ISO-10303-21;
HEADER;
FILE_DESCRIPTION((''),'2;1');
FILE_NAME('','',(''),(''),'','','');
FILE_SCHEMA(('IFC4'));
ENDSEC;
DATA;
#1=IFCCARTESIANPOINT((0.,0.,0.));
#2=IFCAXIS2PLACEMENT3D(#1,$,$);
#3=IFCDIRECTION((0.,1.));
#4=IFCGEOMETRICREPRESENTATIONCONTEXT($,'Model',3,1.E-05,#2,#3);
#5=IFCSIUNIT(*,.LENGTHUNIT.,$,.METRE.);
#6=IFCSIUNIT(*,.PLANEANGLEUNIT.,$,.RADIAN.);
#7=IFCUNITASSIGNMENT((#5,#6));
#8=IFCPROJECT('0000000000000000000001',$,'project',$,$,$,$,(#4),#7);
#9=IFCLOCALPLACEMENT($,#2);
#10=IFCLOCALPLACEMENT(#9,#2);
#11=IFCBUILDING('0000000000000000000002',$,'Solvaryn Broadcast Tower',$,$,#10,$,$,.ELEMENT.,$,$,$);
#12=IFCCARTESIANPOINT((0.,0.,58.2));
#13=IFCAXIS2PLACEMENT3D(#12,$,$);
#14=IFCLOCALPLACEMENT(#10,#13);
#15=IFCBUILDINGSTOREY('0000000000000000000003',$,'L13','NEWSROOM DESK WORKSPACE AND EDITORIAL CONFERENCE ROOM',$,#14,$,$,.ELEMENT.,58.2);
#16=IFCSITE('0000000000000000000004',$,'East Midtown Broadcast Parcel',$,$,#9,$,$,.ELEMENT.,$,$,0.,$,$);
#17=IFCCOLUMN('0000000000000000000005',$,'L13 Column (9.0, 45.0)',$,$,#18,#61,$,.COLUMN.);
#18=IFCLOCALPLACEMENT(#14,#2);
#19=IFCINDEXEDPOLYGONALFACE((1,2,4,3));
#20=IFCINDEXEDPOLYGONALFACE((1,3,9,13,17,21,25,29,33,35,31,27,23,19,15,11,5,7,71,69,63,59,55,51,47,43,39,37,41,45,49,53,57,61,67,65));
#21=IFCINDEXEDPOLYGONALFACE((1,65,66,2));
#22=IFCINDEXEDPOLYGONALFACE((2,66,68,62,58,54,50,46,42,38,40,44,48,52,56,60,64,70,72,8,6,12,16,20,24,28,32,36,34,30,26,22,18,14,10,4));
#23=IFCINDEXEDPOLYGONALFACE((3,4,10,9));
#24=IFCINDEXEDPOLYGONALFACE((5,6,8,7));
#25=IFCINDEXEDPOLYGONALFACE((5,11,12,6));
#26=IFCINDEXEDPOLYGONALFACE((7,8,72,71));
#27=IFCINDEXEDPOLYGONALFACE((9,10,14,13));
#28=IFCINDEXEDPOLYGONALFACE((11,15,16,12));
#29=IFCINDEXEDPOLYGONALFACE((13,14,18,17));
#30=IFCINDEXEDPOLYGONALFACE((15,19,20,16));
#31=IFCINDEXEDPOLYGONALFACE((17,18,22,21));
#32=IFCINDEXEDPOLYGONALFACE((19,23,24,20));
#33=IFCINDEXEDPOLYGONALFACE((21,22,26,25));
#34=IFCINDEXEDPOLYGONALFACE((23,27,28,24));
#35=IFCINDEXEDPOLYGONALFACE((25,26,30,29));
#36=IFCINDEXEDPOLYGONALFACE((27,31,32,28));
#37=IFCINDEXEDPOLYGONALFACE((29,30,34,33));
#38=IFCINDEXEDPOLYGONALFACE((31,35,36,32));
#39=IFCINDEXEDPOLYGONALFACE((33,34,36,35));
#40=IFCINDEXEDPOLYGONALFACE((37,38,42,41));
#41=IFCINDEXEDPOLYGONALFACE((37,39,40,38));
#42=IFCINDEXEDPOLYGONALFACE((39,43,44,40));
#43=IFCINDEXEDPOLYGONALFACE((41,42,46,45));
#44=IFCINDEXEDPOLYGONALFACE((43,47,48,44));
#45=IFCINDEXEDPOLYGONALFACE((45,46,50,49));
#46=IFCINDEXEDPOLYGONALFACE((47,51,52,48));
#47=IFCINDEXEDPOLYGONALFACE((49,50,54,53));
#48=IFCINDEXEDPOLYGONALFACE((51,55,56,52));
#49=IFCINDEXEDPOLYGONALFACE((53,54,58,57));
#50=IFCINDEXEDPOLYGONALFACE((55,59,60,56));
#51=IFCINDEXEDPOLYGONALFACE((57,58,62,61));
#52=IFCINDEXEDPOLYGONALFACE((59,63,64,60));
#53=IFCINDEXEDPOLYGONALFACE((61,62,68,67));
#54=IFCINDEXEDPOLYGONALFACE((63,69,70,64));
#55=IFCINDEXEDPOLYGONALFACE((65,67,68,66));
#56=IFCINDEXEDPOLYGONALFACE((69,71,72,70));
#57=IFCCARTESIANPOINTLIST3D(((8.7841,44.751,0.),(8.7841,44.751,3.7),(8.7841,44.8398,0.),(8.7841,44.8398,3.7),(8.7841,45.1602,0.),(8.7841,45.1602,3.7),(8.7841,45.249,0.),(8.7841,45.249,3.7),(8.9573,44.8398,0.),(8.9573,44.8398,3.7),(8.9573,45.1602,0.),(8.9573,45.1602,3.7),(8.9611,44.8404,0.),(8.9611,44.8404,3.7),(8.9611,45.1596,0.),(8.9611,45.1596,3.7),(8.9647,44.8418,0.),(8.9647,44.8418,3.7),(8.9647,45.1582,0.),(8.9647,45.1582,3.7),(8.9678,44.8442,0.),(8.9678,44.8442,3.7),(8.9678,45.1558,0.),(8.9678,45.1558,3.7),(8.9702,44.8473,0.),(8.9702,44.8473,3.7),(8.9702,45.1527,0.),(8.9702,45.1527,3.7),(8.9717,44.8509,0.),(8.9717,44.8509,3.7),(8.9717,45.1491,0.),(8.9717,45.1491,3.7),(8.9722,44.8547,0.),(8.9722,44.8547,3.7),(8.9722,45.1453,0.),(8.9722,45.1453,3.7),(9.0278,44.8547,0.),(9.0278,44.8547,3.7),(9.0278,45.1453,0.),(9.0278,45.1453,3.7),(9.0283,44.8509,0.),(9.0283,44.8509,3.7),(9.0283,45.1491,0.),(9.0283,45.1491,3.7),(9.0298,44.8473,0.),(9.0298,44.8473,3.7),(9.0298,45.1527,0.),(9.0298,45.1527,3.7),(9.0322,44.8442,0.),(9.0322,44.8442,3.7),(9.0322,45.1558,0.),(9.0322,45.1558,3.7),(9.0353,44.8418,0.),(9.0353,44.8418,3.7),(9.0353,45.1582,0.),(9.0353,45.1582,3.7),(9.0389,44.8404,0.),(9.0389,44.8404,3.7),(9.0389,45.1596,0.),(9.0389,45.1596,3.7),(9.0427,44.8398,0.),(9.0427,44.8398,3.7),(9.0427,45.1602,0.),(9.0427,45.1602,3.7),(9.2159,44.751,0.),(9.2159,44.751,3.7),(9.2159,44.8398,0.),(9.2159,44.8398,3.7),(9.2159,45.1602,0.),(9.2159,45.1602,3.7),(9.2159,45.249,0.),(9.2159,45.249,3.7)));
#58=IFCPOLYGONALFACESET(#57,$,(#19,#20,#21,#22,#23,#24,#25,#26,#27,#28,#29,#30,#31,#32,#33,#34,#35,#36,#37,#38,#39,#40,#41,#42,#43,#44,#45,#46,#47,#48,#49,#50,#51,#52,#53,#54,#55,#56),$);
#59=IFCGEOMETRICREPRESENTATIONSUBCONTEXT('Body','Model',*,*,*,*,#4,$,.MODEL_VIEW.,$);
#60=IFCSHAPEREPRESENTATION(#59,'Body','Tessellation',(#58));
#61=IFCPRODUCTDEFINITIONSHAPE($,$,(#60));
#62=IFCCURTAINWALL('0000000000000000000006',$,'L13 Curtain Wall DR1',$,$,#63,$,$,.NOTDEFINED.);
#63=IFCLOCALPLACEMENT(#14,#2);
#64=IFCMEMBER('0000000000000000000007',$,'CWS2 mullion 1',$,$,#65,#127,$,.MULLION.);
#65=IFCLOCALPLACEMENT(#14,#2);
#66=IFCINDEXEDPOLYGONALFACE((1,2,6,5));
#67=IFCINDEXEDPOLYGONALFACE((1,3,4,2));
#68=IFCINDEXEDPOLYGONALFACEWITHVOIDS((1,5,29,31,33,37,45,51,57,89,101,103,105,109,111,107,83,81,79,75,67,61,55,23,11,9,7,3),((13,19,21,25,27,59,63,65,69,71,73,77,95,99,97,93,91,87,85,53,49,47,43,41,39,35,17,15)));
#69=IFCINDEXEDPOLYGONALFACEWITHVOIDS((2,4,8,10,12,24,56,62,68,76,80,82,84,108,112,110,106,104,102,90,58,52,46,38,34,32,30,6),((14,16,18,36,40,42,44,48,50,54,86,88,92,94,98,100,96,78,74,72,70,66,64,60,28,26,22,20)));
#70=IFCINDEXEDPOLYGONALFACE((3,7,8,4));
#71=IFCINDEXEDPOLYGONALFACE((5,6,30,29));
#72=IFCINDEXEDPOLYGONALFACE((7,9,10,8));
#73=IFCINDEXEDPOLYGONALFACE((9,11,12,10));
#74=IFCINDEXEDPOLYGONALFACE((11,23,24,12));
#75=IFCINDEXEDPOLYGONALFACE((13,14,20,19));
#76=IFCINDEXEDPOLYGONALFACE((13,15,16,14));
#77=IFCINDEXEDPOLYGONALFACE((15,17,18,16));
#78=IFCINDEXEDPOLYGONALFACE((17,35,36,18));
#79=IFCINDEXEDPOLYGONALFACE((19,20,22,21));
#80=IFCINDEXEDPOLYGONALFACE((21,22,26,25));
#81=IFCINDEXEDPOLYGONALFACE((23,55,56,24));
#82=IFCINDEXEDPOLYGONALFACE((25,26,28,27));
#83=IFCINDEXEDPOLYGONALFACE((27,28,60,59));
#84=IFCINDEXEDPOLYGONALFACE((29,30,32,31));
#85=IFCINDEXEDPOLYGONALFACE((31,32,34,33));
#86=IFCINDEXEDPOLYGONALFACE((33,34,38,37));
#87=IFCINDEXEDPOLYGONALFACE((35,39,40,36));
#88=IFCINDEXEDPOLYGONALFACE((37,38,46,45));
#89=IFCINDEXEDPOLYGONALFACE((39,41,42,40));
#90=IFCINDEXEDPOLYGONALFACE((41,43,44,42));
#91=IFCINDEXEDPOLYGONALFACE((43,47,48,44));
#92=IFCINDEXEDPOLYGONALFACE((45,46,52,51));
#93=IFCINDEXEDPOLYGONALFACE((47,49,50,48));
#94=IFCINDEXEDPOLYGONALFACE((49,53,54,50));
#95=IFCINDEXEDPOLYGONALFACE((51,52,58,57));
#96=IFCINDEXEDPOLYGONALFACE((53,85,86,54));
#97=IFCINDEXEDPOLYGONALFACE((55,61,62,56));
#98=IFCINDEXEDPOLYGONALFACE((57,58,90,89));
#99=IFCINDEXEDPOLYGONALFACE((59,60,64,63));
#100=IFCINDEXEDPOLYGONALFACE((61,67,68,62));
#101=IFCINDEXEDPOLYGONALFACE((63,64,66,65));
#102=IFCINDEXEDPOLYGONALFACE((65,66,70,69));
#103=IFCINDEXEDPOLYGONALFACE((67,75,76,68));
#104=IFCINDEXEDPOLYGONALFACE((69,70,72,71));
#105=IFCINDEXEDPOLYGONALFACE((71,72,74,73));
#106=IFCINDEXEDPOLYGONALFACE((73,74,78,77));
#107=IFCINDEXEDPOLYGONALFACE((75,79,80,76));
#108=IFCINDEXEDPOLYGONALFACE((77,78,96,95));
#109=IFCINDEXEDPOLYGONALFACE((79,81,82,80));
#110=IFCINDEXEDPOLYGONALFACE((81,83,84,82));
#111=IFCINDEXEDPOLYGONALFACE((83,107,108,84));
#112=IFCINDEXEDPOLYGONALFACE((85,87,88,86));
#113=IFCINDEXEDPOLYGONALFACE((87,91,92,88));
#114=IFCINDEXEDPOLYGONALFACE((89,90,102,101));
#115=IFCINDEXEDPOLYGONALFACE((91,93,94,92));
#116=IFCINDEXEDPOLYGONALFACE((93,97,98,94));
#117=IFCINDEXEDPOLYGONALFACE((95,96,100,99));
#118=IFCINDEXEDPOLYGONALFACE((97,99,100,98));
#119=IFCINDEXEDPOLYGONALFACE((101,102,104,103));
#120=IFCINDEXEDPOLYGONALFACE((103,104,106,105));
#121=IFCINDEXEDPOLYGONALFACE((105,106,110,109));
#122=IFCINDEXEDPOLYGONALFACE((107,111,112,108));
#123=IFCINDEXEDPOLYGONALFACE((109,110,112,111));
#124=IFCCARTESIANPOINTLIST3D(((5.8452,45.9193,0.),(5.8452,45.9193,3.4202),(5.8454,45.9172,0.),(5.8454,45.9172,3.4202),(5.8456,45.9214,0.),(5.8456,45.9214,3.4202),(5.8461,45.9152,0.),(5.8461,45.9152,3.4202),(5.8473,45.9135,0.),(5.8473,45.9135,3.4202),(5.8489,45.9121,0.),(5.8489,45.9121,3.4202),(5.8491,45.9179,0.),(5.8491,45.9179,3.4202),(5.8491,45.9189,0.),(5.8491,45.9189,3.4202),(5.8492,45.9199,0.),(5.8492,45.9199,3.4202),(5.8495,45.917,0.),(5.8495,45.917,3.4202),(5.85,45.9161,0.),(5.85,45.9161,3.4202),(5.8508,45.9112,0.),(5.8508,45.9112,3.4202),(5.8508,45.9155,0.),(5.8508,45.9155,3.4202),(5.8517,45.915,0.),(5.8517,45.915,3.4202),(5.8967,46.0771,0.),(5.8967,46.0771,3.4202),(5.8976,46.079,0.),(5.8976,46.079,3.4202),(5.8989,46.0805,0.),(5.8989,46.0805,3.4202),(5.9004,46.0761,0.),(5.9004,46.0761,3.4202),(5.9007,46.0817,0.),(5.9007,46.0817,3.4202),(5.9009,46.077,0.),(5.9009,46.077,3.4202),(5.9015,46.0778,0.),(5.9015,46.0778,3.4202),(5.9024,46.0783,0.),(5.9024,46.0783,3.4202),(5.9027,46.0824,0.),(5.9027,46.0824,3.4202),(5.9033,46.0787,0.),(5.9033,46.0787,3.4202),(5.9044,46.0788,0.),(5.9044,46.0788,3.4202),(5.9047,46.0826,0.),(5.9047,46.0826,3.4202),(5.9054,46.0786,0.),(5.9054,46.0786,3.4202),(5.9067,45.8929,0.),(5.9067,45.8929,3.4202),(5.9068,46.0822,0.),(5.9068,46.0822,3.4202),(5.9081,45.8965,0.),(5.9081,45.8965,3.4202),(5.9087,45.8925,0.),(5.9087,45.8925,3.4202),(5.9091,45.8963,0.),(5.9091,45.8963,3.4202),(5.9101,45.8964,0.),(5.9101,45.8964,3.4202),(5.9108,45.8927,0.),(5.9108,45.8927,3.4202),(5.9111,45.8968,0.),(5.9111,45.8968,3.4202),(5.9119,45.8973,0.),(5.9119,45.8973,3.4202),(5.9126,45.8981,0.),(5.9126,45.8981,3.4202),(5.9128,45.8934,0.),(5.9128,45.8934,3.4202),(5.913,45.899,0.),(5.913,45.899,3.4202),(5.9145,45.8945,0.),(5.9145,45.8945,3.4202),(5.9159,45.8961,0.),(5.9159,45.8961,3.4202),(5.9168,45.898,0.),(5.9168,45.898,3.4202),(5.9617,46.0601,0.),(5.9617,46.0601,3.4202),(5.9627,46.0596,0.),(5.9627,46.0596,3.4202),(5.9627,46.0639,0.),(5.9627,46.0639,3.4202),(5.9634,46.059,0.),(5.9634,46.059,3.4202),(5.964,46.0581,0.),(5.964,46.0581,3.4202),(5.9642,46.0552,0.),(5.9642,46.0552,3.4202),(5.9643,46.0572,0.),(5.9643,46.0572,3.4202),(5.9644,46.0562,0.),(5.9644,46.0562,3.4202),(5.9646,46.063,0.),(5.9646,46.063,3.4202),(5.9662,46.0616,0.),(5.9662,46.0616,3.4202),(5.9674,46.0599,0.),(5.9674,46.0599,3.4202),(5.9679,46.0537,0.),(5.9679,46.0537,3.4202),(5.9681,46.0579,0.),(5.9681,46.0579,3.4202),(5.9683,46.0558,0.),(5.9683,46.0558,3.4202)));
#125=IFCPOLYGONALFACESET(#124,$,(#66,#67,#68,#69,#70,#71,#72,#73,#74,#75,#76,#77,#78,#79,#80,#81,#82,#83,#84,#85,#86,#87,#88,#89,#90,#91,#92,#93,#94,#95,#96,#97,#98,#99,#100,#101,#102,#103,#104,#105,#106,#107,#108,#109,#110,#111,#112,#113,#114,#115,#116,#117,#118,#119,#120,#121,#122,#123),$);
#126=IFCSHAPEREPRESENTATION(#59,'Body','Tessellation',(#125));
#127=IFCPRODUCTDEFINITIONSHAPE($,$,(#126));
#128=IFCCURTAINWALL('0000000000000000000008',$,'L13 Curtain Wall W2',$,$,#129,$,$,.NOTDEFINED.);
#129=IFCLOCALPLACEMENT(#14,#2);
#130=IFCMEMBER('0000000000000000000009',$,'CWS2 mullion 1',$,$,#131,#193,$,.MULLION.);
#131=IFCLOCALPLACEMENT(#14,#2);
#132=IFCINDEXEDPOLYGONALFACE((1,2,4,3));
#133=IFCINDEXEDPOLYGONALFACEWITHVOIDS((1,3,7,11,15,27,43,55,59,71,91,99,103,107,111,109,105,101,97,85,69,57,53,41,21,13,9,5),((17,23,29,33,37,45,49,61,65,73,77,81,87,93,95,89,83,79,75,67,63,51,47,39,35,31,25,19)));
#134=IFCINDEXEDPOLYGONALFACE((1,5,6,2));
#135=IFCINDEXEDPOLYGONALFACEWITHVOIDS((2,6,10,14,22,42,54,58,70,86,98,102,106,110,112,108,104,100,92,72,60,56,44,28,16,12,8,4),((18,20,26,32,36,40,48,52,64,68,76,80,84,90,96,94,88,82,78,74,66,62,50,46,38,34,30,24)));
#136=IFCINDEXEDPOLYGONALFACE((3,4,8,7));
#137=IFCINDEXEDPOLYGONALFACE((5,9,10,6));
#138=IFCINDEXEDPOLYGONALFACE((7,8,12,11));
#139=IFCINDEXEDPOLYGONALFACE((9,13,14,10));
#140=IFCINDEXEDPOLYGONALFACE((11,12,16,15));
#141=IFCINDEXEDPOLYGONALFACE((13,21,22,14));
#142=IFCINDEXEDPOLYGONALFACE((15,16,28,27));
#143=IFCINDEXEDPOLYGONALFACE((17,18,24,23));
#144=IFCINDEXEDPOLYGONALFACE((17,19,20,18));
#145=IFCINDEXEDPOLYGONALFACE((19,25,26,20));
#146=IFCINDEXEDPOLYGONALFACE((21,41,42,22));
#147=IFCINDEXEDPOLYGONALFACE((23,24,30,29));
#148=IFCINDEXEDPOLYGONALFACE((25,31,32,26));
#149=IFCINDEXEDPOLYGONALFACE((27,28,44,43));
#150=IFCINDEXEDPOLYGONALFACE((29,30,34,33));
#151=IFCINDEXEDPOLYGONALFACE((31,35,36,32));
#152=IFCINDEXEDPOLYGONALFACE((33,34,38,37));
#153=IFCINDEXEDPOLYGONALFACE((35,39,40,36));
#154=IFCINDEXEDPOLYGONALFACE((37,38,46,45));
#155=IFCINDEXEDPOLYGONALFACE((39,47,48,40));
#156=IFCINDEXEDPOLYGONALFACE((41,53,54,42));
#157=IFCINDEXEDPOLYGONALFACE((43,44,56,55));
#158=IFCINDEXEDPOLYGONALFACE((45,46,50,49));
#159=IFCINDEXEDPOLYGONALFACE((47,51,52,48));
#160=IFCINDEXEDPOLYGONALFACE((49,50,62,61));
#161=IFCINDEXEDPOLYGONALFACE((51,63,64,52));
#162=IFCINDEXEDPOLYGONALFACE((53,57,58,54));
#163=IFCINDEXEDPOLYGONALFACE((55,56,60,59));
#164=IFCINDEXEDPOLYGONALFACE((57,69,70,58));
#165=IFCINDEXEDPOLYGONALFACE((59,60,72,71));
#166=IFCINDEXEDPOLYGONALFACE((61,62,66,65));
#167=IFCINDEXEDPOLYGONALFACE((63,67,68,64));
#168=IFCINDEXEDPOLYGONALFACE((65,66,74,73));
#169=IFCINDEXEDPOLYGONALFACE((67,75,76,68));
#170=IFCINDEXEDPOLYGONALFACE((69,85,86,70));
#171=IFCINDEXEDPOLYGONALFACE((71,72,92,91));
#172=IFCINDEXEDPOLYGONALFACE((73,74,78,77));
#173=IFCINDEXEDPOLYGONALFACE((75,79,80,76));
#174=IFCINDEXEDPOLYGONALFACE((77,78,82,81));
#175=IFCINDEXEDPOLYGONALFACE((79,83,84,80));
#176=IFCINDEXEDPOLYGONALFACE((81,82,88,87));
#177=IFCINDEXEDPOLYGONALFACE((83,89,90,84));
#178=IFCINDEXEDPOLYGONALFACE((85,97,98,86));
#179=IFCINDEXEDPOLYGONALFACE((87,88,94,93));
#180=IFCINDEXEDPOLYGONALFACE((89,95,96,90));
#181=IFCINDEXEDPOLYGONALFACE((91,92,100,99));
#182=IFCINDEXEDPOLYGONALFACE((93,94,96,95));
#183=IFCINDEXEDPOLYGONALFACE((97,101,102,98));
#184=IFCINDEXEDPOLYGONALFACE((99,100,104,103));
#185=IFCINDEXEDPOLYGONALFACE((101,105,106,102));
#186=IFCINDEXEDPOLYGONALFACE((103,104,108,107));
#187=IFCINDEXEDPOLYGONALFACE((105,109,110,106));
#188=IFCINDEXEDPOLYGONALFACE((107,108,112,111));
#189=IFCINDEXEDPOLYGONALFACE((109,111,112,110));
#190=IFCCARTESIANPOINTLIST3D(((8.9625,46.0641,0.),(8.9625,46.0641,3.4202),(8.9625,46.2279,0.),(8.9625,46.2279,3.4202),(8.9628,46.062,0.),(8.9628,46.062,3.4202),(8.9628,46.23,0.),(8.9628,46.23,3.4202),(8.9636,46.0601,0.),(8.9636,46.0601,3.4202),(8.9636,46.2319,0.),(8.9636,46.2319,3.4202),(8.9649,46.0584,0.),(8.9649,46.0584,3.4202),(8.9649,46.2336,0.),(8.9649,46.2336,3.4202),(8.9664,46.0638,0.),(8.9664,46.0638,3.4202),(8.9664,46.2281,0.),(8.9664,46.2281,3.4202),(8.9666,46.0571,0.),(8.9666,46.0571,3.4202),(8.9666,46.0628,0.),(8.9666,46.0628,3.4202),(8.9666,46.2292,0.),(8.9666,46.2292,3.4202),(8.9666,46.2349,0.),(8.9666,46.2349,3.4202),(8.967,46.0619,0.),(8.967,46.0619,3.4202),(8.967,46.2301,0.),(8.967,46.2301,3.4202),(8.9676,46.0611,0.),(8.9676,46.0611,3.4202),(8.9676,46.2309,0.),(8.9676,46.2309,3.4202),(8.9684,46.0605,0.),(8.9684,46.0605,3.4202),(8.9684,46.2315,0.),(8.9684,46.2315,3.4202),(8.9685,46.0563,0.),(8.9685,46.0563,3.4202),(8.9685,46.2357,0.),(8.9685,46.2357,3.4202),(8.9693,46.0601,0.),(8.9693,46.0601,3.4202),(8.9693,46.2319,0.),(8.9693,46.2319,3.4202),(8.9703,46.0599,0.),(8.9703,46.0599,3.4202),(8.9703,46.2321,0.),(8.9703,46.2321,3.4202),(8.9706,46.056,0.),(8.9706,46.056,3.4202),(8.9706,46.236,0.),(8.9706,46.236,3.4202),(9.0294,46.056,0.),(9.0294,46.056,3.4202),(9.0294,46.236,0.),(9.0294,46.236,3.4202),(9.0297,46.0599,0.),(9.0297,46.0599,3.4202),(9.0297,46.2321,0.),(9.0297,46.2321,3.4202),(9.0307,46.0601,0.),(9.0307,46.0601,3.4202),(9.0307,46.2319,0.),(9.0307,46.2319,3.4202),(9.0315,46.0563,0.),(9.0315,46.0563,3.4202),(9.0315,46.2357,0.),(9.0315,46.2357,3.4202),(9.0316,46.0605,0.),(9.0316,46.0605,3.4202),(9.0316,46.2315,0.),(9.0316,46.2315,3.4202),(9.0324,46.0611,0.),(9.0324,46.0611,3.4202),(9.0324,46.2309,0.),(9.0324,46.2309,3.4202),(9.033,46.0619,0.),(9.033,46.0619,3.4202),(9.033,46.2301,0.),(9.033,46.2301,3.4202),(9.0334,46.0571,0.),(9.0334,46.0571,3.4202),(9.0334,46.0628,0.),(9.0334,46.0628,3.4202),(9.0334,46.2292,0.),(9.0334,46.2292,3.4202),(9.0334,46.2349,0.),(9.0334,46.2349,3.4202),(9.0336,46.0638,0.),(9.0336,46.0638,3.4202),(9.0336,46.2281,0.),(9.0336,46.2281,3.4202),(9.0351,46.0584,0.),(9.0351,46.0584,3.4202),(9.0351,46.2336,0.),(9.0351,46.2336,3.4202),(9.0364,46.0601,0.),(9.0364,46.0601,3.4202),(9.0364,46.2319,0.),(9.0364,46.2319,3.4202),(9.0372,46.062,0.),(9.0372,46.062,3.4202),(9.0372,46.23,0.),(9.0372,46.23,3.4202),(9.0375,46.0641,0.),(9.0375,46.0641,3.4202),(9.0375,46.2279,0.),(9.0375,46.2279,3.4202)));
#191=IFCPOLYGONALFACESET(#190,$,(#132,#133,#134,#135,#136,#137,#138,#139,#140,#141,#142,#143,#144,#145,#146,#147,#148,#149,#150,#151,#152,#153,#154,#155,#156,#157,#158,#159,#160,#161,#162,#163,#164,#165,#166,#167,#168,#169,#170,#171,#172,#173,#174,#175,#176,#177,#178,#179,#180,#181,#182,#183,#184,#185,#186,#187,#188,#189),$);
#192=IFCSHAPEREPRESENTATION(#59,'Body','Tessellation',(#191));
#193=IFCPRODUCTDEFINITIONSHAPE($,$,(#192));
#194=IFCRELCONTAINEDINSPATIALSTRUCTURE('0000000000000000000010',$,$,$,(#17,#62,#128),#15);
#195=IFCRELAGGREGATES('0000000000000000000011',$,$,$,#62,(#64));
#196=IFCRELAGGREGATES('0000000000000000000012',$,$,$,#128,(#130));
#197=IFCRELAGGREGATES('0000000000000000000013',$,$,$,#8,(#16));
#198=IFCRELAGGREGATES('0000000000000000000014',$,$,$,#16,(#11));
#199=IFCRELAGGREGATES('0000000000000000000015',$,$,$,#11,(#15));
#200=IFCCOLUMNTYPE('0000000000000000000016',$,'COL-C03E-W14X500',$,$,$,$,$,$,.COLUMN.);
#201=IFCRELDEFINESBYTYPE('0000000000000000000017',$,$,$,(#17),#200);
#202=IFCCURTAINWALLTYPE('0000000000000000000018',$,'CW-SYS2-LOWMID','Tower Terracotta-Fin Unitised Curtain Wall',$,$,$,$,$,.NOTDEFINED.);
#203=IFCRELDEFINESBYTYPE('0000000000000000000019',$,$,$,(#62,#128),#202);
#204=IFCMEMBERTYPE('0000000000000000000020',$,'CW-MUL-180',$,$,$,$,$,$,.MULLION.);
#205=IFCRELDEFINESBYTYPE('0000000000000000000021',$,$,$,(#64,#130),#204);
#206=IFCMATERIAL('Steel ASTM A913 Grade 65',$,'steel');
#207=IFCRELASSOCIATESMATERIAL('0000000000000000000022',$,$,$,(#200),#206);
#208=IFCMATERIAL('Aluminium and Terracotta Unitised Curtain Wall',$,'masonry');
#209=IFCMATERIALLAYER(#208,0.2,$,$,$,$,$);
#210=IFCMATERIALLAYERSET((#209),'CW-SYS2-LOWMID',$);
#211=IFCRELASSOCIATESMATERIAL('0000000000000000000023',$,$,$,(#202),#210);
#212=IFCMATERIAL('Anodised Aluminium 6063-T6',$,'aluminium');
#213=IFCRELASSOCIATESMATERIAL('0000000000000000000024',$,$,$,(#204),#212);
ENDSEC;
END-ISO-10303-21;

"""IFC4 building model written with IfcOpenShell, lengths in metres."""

from ifc_helpers import new_model, si_unit, direction, frame, origin, origin_2d, place, context, subcontext, project, spatial, hollow_rectangle, i_section, extrude, material, layer, layer_set, material_profile, profile_set, type_object, element, aggregate, save


model = new_model("IFC4")

# Units and contexts
model_context = context("Model", 3, precision=1e-05, world=origin(), true_north=direction((0.0, 1.0)))
body_context = subcontext(model_context, "Body", "Model", "MODEL_VIEW")
ifc_project = project(units=[si_unit("LENGTHUNIT", "METRE"), si_unit("PLANEANGLEUNIT", "RADIAN")], contexts=[model_context])

# Site, building, storey
site_placement = place(None, origin())
site = spatial("IfcSite", under=ifc_project, at=site_placement, Name="East Midtown Broadcast Parcel", CompositionType="ELEMENT", RefElevation=0.0)
building_placement = place(site_placement, origin())
building = spatial("IfcBuilding", under=site, at=building_placement, Name="Solvaryn Broadcast Tower", CompositionType="ELEMENT")
storey_placement = place(building_placement, frame((0.0, 0.0, 58.2)))
storey = spatial("IfcBuildingStorey", under=building, at=storey_placement, Name="L13", Description="NEWSROOM DESK WORKSPACE AND EDITORIAL CONFERENCE ROOM", CompositionType="ELEMENT", Elevation=58.2)

# Column
ifc_material_1 = material(Name="Steel ASTM A913 Grade 65", Category="steel")
ifc_material_profile_1 = material_profile(ifc_material_1, i_section(OverallWidth=0.4319, OverallDepth=0.498, WebThickness=0.0557, FlangeThickness=0.0889, FilletRadius=0.0149, at=origin_2d()))
ifc_profile_set_1 = profile_set([ifc_material_profile_1], Name="Steel ASTM A913 Grade 65")
column_type = type_object("IfcColumnType", Name="COL-C03E-W14X500", PredefinedType="COLUMN", material=ifc_profile_set_1)
column_placement = place(storey_placement, frame((9.0, 45.0, 0.0), z_axis=(0.0, 0.0, 1.0), x_axis=(1.0, 0.0, 0.0)))
element("IfcColumn", 1, at=column_placement, inside=storey, type_object=column_type, Name="L13 Column (9.0, 45.0)", PredefinedType="COLUMN", context=body_context, shape_type="SweptSolid", body=[
    extrude(i_section(OverallWidth=0.4319, OverallDepth=0.498, WebThickness=0.0557, FlangeThickness=0.0889, FilletRadius=0.0149, at=origin_2d()), origin(), (0.0, 0.0, 1.0), 3.7),
])

# Curtain wall, member
ifc_material_2 = material(Name="Aluminium and Terracotta Unitised Curtain Wall", Category="masonry")
ifc_layer_1 = layer(ifc_material_2, 0.2)
ifc_layer_set_1 = layer_set([ifc_layer_1], Name="CW-SYS2-LOWMID")
curtain_wall_type = type_object("IfcCurtainWallType", Name="CW-SYS2-LOWMID", Description="Tower Terracotta-Fin Unitised Curtain Wall", PredefinedType="NOTDEFINED", material=ifc_layer_set_1)
curtain_wall_1_placement = place(storey_placement, origin())
curtain_wall_1 = element("IfcCurtainWall", 2, at=curtain_wall_1_placement, inside=storey, type_object=curtain_wall_type, Name="L13 Curtain Wall DR1", PredefinedType="NOTDEFINED")
ifc_material_3 = material(Name="Anodised Aluminium 6063-T6", Category="aluminium")
ifc_material_profile_2 = material_profile(ifc_material_3, hollow_rectangle(XDim=0.075, YDim=0.1799, WallThickness=0.0039, InnerFilletRadius=0.0039, OuterFilletRadius=0.0081, at=origin_2d()))
ifc_profile_set_2 = profile_set([ifc_material_profile_2], Name="Anodised Aluminium 6063-T6")
member_type_1 = type_object("IfcMemberType", Name="CW-MUL-180", PredefinedType="MULLION", material=ifc_profile_set_2)
member_1_placement = place(storey_placement, frame((5.9067, 45.9875, 0.0), z_axis=(0.0, 0.0, 1.0), x_axis=(0.950215, -0.311594, 0.0)))
member_1 = element("IfcMember", 3, at=member_1_placement, type_object=member_type_1, Name="CWS2 mullion 1", PredefinedType="MULLION", context=body_context, shape_type="SweptSolid", body=[
    extrude(hollow_rectangle(XDim=0.075, YDim=0.1799, WallThickness=0.0039, InnerFilletRadius=0.0039, OuterFilletRadius=0.0081, at=origin_2d()), origin(), (0.0, 0.0, 1.0), 3.4202),
])

# Curtain wall, member
curtain_wall_2_placement = place(storey_placement, origin())
curtain_wall_2 = element("IfcCurtainWall", 4, at=curtain_wall_2_placement, inside=storey, type_object=curtain_wall_type, Name="L13 Curtain Wall W2", PredefinedType="NOTDEFINED")
member_2_placement = place(storey_placement, frame((9.0, 46.146, 0.0), z_axis=(0.0, 0.0, 1.0), x_axis=(-1.0, 0.0, 0.0)))
member_2 = element("IfcMember", 5, at=member_2_placement, type_object=member_type_1, Name="CWS2 mullion 1", PredefinedType="MULLION", context=body_context, shape_type="SweptSolid", body=[
    extrude(hollow_rectangle(XDim=0.075, YDim=0.1799, WallThickness=0.0039, InnerFilletRadius=0.0039, OuterFilletRadius=0.0081, at=origin_2d()), origin(), (0.0, 0.0, 1.0), 3.4202),
])

aggregate(curtain_wall_1, [member_1])

aggregate(curtain_wall_2, [member_2])

save(model, "model.ifc")
